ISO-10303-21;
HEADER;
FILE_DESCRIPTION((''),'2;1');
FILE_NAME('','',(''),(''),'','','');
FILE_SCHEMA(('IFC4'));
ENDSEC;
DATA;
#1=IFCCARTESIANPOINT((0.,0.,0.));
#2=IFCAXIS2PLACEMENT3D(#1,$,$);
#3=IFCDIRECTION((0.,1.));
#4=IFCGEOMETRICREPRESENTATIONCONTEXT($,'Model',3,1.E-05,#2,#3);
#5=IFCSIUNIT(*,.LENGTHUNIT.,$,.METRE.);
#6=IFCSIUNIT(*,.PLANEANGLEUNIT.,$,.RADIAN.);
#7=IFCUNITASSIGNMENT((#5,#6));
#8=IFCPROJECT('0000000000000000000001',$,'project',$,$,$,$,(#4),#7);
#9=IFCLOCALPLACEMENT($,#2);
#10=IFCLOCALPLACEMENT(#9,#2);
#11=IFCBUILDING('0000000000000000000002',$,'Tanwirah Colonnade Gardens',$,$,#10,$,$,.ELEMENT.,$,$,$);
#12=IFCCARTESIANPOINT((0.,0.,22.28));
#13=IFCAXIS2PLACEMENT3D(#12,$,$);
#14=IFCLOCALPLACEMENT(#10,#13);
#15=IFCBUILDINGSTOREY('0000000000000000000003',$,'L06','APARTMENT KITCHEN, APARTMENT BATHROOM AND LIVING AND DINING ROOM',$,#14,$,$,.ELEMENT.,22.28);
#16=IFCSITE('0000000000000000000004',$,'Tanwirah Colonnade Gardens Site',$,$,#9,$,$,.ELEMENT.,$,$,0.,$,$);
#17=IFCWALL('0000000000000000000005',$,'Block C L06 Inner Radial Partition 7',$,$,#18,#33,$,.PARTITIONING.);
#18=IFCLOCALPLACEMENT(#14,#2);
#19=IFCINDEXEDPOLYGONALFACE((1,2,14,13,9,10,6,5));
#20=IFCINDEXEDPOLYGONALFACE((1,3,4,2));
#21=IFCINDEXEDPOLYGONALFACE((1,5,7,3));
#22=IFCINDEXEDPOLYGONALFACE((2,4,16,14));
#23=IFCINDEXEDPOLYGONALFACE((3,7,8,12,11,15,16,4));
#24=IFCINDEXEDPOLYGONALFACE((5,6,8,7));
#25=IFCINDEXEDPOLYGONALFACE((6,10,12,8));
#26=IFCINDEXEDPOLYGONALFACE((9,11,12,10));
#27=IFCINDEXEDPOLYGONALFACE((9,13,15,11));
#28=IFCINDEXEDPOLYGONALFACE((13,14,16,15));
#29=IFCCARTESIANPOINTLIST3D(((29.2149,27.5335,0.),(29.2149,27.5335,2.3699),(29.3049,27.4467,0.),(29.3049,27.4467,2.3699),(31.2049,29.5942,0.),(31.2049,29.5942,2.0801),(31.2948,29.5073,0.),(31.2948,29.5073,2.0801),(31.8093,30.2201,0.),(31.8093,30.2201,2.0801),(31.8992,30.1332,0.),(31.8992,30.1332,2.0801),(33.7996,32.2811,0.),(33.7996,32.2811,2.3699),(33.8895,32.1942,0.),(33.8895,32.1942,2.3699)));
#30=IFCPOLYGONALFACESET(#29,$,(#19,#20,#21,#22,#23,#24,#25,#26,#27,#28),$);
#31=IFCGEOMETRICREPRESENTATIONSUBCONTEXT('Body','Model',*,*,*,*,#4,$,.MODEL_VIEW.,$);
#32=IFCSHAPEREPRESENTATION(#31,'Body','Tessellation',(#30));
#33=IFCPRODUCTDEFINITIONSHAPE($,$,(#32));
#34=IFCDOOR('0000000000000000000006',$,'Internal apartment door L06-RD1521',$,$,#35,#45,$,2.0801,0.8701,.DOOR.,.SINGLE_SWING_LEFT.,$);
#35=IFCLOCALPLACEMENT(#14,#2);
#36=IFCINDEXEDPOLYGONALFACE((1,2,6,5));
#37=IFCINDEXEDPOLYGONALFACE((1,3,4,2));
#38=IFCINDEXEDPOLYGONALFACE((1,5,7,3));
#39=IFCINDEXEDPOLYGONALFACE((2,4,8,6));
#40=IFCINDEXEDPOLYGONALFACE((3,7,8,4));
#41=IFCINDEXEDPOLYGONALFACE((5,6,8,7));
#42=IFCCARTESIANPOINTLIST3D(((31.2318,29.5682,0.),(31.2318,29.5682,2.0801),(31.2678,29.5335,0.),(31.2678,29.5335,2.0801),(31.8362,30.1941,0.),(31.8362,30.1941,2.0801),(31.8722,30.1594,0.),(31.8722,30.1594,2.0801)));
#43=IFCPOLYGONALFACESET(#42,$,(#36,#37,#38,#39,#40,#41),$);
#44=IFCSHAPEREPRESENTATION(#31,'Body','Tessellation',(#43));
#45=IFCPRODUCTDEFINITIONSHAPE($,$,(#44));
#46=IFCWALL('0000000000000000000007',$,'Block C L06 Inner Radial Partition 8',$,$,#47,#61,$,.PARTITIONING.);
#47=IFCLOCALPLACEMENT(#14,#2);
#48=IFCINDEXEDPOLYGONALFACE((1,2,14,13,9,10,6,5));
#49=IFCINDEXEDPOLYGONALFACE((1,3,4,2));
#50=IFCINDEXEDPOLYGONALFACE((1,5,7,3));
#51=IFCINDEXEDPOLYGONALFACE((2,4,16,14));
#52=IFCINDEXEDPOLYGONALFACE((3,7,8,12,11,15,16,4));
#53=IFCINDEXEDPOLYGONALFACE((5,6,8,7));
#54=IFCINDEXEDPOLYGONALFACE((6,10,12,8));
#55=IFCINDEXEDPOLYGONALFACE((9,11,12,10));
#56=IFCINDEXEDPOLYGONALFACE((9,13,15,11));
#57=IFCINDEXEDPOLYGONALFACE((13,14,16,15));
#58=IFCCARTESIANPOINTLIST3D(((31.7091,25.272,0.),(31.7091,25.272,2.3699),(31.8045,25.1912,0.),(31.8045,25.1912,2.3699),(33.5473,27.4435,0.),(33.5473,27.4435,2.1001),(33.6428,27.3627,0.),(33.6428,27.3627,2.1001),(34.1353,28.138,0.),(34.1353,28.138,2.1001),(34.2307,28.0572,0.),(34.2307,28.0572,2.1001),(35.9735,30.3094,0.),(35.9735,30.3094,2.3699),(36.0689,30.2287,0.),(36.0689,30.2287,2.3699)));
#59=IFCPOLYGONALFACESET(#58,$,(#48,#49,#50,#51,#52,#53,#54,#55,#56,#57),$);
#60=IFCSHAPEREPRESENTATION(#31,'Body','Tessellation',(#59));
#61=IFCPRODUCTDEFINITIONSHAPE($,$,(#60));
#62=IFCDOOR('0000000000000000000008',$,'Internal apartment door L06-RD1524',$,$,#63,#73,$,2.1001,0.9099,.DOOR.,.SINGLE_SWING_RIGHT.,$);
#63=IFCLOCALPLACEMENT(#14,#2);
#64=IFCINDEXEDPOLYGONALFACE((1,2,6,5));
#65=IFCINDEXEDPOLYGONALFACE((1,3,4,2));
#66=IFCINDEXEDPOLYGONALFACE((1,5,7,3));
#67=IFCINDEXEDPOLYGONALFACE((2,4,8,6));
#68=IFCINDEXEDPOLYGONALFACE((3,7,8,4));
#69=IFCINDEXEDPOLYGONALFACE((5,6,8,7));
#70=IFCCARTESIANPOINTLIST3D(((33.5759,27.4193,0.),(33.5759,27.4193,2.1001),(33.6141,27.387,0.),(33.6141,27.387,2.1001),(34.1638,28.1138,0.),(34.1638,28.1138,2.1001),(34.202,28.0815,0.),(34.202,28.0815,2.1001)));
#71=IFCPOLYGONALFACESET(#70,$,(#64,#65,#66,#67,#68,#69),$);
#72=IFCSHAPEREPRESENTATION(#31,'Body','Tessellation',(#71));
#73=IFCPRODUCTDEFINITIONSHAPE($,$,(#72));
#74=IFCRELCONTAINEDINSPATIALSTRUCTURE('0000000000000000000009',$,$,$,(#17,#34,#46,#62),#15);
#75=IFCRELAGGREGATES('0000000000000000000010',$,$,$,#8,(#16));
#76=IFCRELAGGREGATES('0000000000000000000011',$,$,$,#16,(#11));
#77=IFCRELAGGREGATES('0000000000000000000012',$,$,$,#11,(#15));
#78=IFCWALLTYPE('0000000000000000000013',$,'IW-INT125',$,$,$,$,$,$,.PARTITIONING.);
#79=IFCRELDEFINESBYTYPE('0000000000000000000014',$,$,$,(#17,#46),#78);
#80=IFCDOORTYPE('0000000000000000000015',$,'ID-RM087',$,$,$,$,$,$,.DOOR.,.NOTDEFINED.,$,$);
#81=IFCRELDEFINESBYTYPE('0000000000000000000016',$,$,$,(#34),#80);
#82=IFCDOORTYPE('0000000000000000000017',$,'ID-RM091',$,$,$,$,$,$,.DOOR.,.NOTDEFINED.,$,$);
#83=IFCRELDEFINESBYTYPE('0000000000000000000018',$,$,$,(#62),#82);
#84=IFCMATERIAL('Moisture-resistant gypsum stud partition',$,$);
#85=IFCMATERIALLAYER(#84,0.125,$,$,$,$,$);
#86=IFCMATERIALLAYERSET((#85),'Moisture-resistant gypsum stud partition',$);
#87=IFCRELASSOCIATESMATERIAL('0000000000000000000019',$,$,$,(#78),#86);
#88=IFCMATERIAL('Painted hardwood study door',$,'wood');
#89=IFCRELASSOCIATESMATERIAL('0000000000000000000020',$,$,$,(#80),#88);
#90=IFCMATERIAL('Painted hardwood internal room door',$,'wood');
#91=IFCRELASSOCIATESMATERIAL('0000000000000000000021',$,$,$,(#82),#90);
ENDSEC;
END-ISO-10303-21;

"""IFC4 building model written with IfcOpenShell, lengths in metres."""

from ifc_helpers import new_model, si_unit, direction, frame, frame_2d, origin, place, context, subcontext, project, spatial, rectangle, extrude, material, layer, layer_set, type_object, element, fill, save


model = new_model("IFC4")

# Units and contexts
model_context = context("Model", 3, precision=1e-05, world=origin(), true_north=direction((0.0, 1.0)))
body_context = subcontext(model_context, "Body", "Model", "MODEL_VIEW")
ifc_project = project(units=[si_unit("LENGTHUNIT", "METRE"), si_unit("PLANEANGLEUNIT", "RADIAN")], contexts=[model_context])

# Site, building, storey
site_placement = place(None, origin())
site = spatial("IfcSite", under=ifc_project, at=site_placement, Name="Tanwirah Colonnade Gardens Site", CompositionType="ELEMENT", RefElevation=0.0)
building_placement = place(site_placement, origin())
building = spatial("IfcBuilding", under=site, at=building_placement, Name="Tanwirah Colonnade Gardens", CompositionType="ELEMENT")
storey_placement = place(building_placement, frame((0.0, 0.0, 22.28)))
storey = spatial("IfcBuildingStorey", under=building, at=storey_placement, Name="L06", Description="APARTMENT KITCHEN, APARTMENT BATHROOM AND LIVING AND DINING ROOM", CompositionType="ELEMENT", Elevation=22.28)

# Walls, openings, doors
ifc_material_1 = material(Name="Moisture-resistant gypsum stud partition")
ifc_layer_1 = layer(ifc_material_1, 0.125)
ifc_layer_set_1 = layer_set([ifc_layer_1], Name="Moisture-resistant gypsum stud partition")
wall_type_1 = type_object("IfcWallType", Name="IW-INT125", PredefinedType="PARTITIONING", material=ifc_layer_set_1)
wall_1_placement = place(storey_placement, frame((33.8445, 32.2375, 0.0), z_axis=(0.0, 0.0, 1.0), x_axis=(-0.694663, -0.719336, 0.0)))
wall_1 = element("IfcWall", 1, at=wall_1_placement, inside=storey, type_object=wall_type_1, Name="Block C L06 Inner Radial Partition 7", PredefinedType="PARTITIONING", context=body_context, shape_type="SweptSolid", body=[
    extrude(rectangle(XDim=6.5999, YDim=0.125, at=frame_2d((3.2998, 0.0))), origin(), (0.0, 0.0, 1.0), 2.3699),
])
opening_1_placement = place(wall_1_placement, frame((2.865, 0.0, 0.0)))
opening_1 = element("IfcOpeningElement", 2, at=opening_1_placement, cuts=wall_1, PredefinedType="OPENING", context=body_context, shape_type="SweptSolid", body=[
    extrude(rectangle(XDim=0.8701, YDim=2.0801, at=frame_2d((0.4351, 1.04))), frame((0.0, 0.0725, 0.0), z_axis=(0.0, -1.0, 0.0), x_axis=(1.0, 0.0, 0.0)), (0.0, 0.0, 1.0), 0.145),
])
ifc_material_2 = material(Name="Painted hardwood study door", Category="wood")
door_type_1 = type_object("IfcDoorType", Name="ID-RM087", OperationType="NOTDEFINED", PredefinedType="DOOR", material=ifc_material_2)
door_1_placement = place(opening_1_placement, origin())
door_1 = element("IfcDoor", 3, at=door_1_placement, inside=storey, type_object=door_type_1, Name="Internal apartment door L06-RD1521", OperationType="SINGLE_SWING_LEFT", OverallHeight=2.0801, OverallWidth=0.8701, PredefinedType="DOOR", context=body_context, shape_type="SweptSolid", body=[
    extrude(rectangle(XDim=0.8701, YDim=2.0801, at=frame_2d((0.4351, 1.04))), frame((0.0, 0.0249, 0.0), z_axis=(0.0, -1.0, 0.0), x_axis=(1.0, 0.0, 0.0)), (0.0, 0.0, 1.0), 0.05),
])
fill(opening_1, door_1)
wall_2_placement = place(storey_placement, frame((36.0212, 30.269, 0.0), z_axis=(0.0, 0.0, 1.0), x_axis=(-0.646121, -0.763235, 0.0)))
wall_2 = element("IfcWall", 4, at=wall_2_placement, inside=storey, type_object=wall_type_1, Name="Block C L06 Inner Radial Partition 8", PredefinedType="PARTITIONING", context=body_context, shape_type="SweptSolid", body=[
    extrude(rectangle(XDim=6.6001, YDim=0.125, at=frame_2d((3.3, 0.0))), origin(), (0.0, 0.0, 1.0), 2.3699),
])
opening_2_placement = place(wall_2_placement, frame((2.845, 0.0, 0.0)))
opening_2 = element("IfcOpeningElement", 5, at=opening_2_placement, cuts=wall_2, PredefinedType="OPENING", context=body_context, shape_type="SweptSolid", body=[
    extrude(rectangle(XDim=0.9099, YDim=2.1001, at=frame_2d((0.4551, 1.05))), frame((0.0, 0.0725, 0.0), z_axis=(0.0, -1.0, 0.0), x_axis=(1.0, 0.0, 0.0)), (0.0, 0.0, 1.0), 0.145),
])
ifc_material_3 = material(Name="Painted hardwood internal room door", Category="wood")
door_type_2 = type_object("IfcDoorType", Name="ID-RM091", OperationType="NOTDEFINED", PredefinedType="DOOR", material=ifc_material_3)
door_2_placement = place(opening_2_placement, origin())
door_2 = element("IfcDoor", 6, at=door_2_placement, inside=storey, type_object=door_type_2, Name="Internal apartment door L06-RD1524", OperationType="SINGLE_SWING_RIGHT", OverallHeight=2.1001, OverallWidth=0.9099, PredefinedType="DOOR", context=body_context, shape_type="SweptSolid", body=[
    extrude(rectangle(XDim=0.9099, YDim=2.1001, at=frame_2d((0.4551, 1.05))), frame((0.0, 0.0249, 0.0), z_axis=(0.0, -1.0, 0.0), x_axis=(1.0, 0.0, 0.0)), (0.0, 0.0, 1.0), 0.05),
])
fill(opening_2, door_2)

save(model, "model.ifc")
